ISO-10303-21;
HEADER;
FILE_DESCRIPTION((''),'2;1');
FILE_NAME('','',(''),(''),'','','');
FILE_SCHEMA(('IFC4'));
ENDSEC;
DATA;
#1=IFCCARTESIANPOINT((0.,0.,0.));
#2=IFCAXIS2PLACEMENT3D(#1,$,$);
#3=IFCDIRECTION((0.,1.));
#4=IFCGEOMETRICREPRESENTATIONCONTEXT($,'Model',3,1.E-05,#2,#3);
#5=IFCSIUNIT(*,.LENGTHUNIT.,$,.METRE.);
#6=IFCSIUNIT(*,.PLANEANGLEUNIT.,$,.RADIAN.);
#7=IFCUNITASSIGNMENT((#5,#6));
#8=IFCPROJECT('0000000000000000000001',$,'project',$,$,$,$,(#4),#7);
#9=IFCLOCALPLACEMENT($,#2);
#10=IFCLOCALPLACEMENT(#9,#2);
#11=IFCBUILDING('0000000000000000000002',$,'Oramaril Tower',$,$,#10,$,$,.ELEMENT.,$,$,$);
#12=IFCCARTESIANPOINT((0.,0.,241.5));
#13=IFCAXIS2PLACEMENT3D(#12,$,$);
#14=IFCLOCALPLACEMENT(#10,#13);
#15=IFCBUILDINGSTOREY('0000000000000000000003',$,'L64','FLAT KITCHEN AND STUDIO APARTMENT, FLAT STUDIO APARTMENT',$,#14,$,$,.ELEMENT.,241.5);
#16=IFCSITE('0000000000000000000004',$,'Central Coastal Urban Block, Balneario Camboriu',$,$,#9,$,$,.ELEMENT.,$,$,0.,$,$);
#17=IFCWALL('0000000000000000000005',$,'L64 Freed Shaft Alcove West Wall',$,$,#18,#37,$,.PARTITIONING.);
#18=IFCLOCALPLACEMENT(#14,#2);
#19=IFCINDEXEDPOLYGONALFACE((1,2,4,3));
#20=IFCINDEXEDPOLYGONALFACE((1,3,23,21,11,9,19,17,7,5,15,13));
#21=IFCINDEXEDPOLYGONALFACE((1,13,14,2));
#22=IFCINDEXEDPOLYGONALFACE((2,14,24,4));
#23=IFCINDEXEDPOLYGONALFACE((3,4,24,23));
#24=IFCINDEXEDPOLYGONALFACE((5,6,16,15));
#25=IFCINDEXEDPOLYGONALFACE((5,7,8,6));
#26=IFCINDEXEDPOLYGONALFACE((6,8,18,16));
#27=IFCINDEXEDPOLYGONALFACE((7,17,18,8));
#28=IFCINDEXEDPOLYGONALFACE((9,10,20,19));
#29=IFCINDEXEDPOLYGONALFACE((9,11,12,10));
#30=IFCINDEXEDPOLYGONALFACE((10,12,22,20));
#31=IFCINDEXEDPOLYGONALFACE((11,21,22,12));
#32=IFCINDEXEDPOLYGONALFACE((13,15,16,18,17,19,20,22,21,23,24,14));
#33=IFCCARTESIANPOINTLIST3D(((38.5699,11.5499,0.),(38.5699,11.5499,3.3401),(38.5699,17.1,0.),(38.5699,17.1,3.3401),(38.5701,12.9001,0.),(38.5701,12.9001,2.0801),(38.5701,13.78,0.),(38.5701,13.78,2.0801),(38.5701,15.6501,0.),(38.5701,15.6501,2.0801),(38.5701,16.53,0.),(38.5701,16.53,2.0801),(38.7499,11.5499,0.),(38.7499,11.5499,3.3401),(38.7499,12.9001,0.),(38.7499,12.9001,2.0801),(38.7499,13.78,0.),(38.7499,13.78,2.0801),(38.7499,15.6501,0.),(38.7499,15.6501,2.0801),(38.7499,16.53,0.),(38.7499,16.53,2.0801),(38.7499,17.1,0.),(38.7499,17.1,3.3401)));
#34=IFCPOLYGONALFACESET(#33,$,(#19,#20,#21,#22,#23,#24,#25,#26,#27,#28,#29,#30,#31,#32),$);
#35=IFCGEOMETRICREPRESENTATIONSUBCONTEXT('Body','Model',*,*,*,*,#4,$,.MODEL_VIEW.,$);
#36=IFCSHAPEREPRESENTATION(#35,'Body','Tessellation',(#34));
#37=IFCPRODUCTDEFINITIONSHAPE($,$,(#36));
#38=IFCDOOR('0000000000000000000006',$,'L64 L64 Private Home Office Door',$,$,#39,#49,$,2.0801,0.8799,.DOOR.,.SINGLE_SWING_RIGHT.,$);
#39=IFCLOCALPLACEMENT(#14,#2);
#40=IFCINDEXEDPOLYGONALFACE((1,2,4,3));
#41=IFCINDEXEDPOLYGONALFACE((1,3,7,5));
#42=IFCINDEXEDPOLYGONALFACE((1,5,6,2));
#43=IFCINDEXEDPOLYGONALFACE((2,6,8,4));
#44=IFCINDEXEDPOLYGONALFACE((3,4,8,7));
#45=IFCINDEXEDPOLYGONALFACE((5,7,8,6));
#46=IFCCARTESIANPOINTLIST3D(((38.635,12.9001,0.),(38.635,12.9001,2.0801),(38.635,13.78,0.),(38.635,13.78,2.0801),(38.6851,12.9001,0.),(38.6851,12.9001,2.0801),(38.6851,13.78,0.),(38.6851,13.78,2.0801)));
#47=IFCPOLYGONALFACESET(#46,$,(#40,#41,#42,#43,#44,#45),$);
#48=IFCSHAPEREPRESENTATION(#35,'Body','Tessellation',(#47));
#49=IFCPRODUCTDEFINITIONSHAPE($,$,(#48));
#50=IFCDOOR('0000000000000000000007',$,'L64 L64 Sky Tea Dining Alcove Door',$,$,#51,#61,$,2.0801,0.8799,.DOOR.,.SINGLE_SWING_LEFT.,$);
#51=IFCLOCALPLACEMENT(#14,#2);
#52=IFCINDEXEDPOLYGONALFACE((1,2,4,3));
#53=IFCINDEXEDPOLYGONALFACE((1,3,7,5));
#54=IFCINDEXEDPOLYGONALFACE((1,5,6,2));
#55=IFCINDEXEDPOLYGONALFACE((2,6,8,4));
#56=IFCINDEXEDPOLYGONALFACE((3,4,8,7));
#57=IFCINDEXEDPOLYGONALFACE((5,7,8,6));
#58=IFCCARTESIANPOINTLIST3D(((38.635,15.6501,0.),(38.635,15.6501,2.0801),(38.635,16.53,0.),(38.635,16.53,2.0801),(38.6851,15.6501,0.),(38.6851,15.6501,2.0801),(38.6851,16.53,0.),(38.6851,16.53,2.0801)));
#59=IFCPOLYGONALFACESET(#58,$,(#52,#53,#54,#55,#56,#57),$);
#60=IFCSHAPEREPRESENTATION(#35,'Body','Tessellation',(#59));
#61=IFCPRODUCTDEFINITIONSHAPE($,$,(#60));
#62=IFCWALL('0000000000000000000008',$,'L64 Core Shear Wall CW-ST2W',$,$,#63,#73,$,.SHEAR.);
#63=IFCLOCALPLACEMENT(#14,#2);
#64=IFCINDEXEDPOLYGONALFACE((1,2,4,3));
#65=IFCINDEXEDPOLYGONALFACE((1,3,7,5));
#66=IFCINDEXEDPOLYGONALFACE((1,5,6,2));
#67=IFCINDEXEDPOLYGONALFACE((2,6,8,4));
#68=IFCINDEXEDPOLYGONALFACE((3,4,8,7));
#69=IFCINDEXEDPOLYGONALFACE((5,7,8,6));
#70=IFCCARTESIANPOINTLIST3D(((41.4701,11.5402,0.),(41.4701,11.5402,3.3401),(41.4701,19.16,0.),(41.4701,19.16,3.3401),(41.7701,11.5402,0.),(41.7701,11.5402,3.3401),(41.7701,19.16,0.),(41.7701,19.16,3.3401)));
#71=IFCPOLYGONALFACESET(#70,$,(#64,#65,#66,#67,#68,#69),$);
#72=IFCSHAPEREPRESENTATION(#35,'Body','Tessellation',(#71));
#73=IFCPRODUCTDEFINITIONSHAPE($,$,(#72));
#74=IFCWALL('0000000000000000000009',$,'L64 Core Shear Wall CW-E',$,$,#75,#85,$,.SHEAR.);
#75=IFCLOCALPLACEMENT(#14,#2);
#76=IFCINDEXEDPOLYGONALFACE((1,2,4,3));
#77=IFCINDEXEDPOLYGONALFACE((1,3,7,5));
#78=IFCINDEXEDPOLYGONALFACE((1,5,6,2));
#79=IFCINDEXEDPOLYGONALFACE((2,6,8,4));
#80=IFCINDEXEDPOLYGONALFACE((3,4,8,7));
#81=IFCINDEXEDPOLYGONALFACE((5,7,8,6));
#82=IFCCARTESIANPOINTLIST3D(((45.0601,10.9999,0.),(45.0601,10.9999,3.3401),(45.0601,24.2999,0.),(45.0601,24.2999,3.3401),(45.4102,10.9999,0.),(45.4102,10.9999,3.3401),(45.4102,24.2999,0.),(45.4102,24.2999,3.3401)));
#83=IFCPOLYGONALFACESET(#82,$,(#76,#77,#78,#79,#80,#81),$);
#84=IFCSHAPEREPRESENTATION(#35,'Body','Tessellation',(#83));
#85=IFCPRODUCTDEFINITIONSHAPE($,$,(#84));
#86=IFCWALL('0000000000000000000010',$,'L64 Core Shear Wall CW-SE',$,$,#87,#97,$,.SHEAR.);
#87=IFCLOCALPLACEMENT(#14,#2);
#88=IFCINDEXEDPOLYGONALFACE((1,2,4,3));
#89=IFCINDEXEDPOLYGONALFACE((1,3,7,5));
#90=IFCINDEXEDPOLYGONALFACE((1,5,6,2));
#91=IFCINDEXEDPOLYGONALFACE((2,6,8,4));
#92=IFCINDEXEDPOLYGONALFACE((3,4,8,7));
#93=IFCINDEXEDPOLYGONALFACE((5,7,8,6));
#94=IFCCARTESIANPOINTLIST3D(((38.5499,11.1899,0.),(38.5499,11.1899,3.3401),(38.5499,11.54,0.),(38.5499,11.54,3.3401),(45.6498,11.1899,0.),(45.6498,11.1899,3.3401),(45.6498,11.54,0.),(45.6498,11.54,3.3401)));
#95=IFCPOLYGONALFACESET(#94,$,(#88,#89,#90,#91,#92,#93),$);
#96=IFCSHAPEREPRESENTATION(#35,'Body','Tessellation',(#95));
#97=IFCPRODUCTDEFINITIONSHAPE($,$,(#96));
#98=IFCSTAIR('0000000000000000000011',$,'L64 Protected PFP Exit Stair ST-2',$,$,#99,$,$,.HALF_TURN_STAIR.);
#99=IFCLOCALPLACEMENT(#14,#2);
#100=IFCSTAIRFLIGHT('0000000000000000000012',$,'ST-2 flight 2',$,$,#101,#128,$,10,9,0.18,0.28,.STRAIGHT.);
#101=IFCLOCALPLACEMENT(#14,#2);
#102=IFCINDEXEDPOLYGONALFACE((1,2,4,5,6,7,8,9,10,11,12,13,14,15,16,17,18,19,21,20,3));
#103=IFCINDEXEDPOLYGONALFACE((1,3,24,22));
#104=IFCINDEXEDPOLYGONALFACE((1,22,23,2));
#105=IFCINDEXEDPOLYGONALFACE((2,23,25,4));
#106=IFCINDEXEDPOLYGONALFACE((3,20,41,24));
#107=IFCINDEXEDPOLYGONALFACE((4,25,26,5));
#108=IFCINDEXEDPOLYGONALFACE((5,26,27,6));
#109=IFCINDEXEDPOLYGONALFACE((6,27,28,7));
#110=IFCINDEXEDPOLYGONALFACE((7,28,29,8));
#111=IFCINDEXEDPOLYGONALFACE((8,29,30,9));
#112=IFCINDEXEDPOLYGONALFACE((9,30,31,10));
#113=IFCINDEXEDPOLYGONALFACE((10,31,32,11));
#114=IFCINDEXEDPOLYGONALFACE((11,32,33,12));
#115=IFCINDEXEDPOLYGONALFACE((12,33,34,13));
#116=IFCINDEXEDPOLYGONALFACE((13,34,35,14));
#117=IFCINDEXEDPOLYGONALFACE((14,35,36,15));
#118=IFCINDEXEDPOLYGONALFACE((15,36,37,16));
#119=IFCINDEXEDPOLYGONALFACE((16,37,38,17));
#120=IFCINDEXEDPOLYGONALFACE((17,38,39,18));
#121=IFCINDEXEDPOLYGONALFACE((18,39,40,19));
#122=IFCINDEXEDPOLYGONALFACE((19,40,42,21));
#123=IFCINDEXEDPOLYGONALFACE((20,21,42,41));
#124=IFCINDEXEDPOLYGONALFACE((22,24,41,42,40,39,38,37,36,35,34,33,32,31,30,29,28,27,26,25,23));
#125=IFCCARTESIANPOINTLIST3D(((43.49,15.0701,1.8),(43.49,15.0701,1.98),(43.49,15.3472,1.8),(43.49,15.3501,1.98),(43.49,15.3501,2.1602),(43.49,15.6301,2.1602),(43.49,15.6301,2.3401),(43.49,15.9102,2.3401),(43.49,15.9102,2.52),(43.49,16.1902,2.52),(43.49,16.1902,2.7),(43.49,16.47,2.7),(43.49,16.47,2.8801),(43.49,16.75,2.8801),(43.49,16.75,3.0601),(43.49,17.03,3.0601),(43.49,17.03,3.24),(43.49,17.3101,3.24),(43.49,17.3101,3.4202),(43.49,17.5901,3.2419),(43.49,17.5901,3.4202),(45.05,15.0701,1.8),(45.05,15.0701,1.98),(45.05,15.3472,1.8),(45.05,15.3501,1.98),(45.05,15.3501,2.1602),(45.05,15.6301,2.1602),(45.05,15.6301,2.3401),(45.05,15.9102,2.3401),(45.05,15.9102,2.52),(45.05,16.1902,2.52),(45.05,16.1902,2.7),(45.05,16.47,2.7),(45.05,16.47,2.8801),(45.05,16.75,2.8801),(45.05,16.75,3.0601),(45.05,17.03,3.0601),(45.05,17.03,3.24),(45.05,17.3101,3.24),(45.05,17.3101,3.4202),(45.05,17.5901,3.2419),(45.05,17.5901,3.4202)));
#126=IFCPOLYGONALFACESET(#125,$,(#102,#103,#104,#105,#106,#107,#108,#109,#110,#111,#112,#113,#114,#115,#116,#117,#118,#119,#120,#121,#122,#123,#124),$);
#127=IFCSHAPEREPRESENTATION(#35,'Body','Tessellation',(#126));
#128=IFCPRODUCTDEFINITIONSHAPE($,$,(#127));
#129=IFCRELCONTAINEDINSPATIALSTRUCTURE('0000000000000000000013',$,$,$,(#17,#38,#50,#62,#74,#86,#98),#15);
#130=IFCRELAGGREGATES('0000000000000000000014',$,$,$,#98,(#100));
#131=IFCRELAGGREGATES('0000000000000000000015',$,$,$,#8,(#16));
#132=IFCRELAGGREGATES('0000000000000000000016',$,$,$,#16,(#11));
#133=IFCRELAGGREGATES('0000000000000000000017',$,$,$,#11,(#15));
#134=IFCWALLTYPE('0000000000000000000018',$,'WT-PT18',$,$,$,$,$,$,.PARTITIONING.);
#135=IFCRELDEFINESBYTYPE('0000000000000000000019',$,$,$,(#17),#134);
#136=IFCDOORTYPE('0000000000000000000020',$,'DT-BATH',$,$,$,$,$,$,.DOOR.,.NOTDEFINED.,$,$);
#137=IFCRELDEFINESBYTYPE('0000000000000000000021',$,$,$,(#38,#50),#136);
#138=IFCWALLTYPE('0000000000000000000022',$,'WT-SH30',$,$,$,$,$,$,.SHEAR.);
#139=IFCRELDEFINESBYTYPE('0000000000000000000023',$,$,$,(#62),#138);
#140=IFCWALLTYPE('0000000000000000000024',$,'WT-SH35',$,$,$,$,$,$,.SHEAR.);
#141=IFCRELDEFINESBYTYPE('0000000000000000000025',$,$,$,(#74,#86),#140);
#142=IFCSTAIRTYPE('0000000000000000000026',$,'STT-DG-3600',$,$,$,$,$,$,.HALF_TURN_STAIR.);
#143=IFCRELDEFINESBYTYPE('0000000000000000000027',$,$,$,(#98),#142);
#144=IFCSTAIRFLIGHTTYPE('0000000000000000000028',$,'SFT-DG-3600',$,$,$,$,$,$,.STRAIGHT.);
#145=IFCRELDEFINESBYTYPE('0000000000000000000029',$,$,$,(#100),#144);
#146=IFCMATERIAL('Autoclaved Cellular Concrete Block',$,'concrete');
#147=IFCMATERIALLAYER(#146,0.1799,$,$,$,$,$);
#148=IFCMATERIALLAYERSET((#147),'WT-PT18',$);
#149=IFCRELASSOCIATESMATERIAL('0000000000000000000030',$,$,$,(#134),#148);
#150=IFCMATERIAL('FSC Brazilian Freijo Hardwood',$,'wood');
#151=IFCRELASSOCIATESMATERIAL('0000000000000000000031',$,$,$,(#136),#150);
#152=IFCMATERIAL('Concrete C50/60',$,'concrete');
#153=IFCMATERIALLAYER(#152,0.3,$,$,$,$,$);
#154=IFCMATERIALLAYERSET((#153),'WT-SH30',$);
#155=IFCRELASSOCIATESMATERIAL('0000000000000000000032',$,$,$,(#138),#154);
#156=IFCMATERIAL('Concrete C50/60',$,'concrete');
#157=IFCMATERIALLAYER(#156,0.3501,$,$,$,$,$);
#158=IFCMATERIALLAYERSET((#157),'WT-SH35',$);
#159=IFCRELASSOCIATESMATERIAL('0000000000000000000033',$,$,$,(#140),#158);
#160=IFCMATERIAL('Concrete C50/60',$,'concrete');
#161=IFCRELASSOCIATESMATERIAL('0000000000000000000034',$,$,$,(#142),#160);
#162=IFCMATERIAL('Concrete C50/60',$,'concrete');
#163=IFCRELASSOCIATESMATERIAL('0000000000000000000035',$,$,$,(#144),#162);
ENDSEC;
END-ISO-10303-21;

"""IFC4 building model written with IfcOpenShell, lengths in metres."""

from ifc_helpers import new_model, si_unit, direction, frame, frame_2d, origin, place, context, subcontext, project, spatial, polyline, rectangle, outline, extrude, material, layer, layer_set, type_object, element, fill, aggregate, save


model = new_model("IFC4")

# Units and contexts
model_context = context("Model", 3, precision=1e-05, world=origin(), true_north=direction((0.0, 1.0)))
body_context = subcontext(model_context, "Body", "Model", "MODEL_VIEW")
ifc_project = project(units=[si_unit("LENGTHUNIT", "METRE"), si_unit("PLANEANGLEUNIT", "RADIAN")], contexts=[model_context])

# Site, building, storey
site_placement = place(None, origin())
site = spatial("IfcSite", under=ifc_project, at=site_placement, Name="Central Coastal Urban Block, Balneario Camboriu", CompositionType="ELEMENT", RefElevation=0.0)
building_placement = place(site_placement, origin())
building = spatial("IfcBuilding", under=site, at=building_placement, Name="Oramaril Tower", CompositionType="ELEMENT")
storey_placement = place(building_placement, frame((0.0, 0.0, 241.5)))
storey = spatial("IfcBuildingStorey", under=building, at=storey_placement, Name="L64", Description="FLAT KITCHEN AND STUDIO APARTMENT, FLAT STUDIO APARTMENT", CompositionType="ELEMENT", Elevation=241.5)

# Shared definitions
ifc_material_1 = material(Name="Autoclaved Cellular Concrete Block", Category="concrete")
ifc_layer_1 = layer(ifc_material_1, 0.1799)
ifc_layer_set_1 = layer_set([ifc_layer_1], Name="WT-PT18")
wall_type_1 = type_object("IfcWallType", Name="WT-PT18", PredefinedType="PARTITIONING", material=ifc_layer_set_1)

# Wall, openings, doors
ifc_material_2 = material(Name="FSC Brazilian Freijo Hardwood", Category="wood")
door_type_1 = type_object("IfcDoorType", Name="DT-BATH", OperationType="NOTDEFINED", PredefinedType="DOOR", material=ifc_material_2)
wall_1_placement = place(storey_placement, frame((38.6599, 11.55, 0.0), z_axis=(0.0, 0.0, 1.0), x_axis=(0.0, 1.0, 0.0)))
wall_1 = element("IfcWall", 1, at=wall_1_placement, inside=storey, type_object=wall_type_1, Name="L64 Freed Shaft Alcove West Wall", PredefinedType="PARTITIONING", context=body_context, shape_type="SweptSolid", body=[
    extrude(rectangle(XDim=5.55, YDim=0.1799, at=frame_2d((2.7749, 0.0))), origin(), (0.0, 0.0, 1.0), 3.3401),
])
opening_1_placement = place(wall_1_placement, frame((1.3501, 0.0, 0.0)))
opening_1 = element("IfcOpeningElement", 2, at=opening_1_placement, cuts=wall_1, PredefinedType="OPENING", context=body_context, shape_type="SweptSolid", body=[
    extrude(rectangle(XDim=0.8799, YDim=2.0801, at=frame_2d((0.4399, 1.04))), frame((0.0, 0.0898, 0.0), z_axis=(0.0, -1.0, 0.0), x_axis=(1.0, 0.0, 0.0)), (0.0, 0.0, 1.0), 0.1799),
])
opening_2_placement = place(wall_1_placement, frame((4.1001, 0.0, 0.0)))
opening_2 = element("IfcOpeningElement", 3, at=opening_2_placement, cuts=wall_1, PredefinedType="OPENING", context=body_context, shape_type="SweptSolid", body=[
    extrude(rectangle(XDim=0.8799, YDim=2.0801, at=frame_2d((0.4399, 1.04))), frame((0.0, 0.0898, 0.0), z_axis=(0.0, -1.0, 0.0), x_axis=(1.0, 0.0, 0.0)), (0.0, 0.0, 1.0), 0.1799),
])
door_1_placement = place(opening_1_placement, origin())
door_1 = element("IfcDoor", 4, at=door_1_placement, inside=storey, type_object=door_type_1, Name="L64 L64 Private Home Office Door", OperationType="SINGLE_SWING_RIGHT", OverallHeight=2.0801, OverallWidth=0.8799, PredefinedType="DOOR", context=body_context, shape_type="SweptSolid", body=[
    extrude(rectangle(XDim=0.8799, YDim=2.0801, at=frame_2d((0.4399, 1.04))), frame((0.0, 0.0249, 0.0), z_axis=(0.0, -1.0, 0.0), x_axis=(1.0, 0.0, 0.0)), (0.0, 0.0, 1.0), 0.05),
])
fill(opening_1, door_1)
door_2_placement = place(opening_2_placement, origin())
door_2 = element("IfcDoor", 5, at=door_2_placement, inside=storey, type_object=door_type_1, Name="L64 L64 Sky Tea Dining Alcove Door", OperationType="SINGLE_SWING_LEFT", OverallHeight=2.0801, OverallWidth=0.8799, PredefinedType="DOOR", context=body_context, shape_type="SweptSolid", body=[
    extrude(rectangle(XDim=0.8799, YDim=2.0801, at=frame_2d((0.4399, 1.04))), frame((0.0, 0.0249, 0.0), z_axis=(0.0, -1.0, 0.0), x_axis=(1.0, 0.0, 0.0)), (0.0, 0.0, 1.0), 0.05),
])
fill(opening_2, door_2)

# Walls
ifc_material_3 = material(Name="Concrete C50/60", Category="concrete")
ifc_layer_2 = layer(ifc_material_3, 0.3)
ifc_layer_set_2 = layer_set([ifc_layer_2], Name="WT-SH30")
wall_type_2 = type_object("IfcWallType", Name="WT-SH30", PredefinedType="SHEAR", material=ifc_layer_set_2)
wall_2_placement = place(storey_placement, frame((41.6201, 11.54, 0.0), z_axis=(0.0, 0.0, 1.0), x_axis=(0.0, 1.0, 0.0)))
element("IfcWall", 6, at=wall_2_placement, inside=storey, type_object=wall_type_2, Name="L64 Core Shear Wall CW-ST2W", PredefinedType="SHEAR", context=body_context, shape_type="SweptSolid", body=[
    extrude(rectangle(XDim=7.6199, YDim=0.3, at=frame_2d((3.8101, 0.0))), origin(), (0.0, 0.0, 1.0), 3.3401),
])
ifc_material_4 = material(Name="Concrete C50/60", Category="concrete")
ifc_layer_3 = layer(ifc_material_4, 0.3501)
ifc_layer_set_3 = layer_set([ifc_layer_3], Name="WT-SH35")
wall_type_3 = type_object("IfcWallType", Name="WT-SH35", PredefinedType="SHEAR", material=ifc_layer_set_3)
wall_3_placement = place(storey_placement, frame((45.2351, 11.0, 0.0), z_axis=(0.0, 0.0, 1.0), x_axis=(0.0, 1.0, 0.0)))
element("IfcWall", 7, at=wall_3_placement, inside=storey, type_object=wall_type_3, Name="L64 Core Shear Wall CW-E", PredefinedType="SHEAR", context=body_context, shape_type="SweptSolid", body=[
    extrude(rectangle(XDim=13.3, YDim=0.3501, at=frame_2d((6.6499, 0.0))), origin(), (0.0, 0.0, 1.0), 3.3401),
])
wall_4_placement = place(storey_placement, frame((38.55, 11.365, 0.0), z_axis=(0.0, 0.0, 1.0), x_axis=(1.0, 0.0, 0.0)))
element("IfcWall", 8, at=wall_4_placement, inside=storey, type_object=wall_type_3, Name="L64 Core Shear Wall CW-SE", PredefinedType="SHEAR", context=body_context, shape_type="SweptSolid", body=[
    extrude(rectangle(XDim=7.0999, YDim=0.3501, at=frame_2d((3.5498, 0.0))), origin(), (0.0, 0.0, 1.0), 3.3401),
])

# Stair, stair flight
ifc_material_5 = material(Name="Concrete C50/60", Category="concrete")
stair_type = type_object("IfcStairType", Name="STT-DG-3600", PredefinedType="HALF_TURN_STAIR", material=ifc_material_5)
stair_placement = place(storey_placement, origin())
stair = element("IfcStair", 9, at=stair_placement, inside=storey, type_object=stair_type, Name="L64 Protected PFP Exit Stair ST-2", PredefinedType="HALF_TURN_STAIR")
ifc_material_6 = material(Name="Concrete C50/60", Category="concrete")
stair_flight_type = type_object("IfcStairFlightType", Name="SFT-DG-3600", PredefinedType="STRAIGHT", material=ifc_material_6)
stair_flight_placement = place(storey_placement, frame((44.27, 15.0701, 1.8), z_axis=(0.0, 0.0, 1.0), x_axis=(0.0, 1.0, 0.0)))
stair_flight = element("IfcStairFlight", 10, at=stair_flight_placement, type_object=stair_flight_type, Name="ST-2 flight 2", NumberOfRisers=10, NumberOfTreads=9, PredefinedType="STRAIGHT", RiserHeight=0.18, TreadLength=0.28, context=body_context, shape_type="SweptSolid", body=[
    extrude(outline(polyline([(0.0, 0.0), (0.0, 0.1799), (0.28, 0.1799), (0.28, 0.3601), (0.5601, 0.3601), (0.5601, 0.54), (0.8401, 0.54), (0.8401, 0.72), (1.1201, 0.72), (1.1201, 0.8999), (1.3999, 0.8999), (1.3999, 1.0801), (1.6799, 1.0801), (1.6799, 1.26), (1.96, 1.26), (1.96, 1.4399), (2.24, 1.4399), (2.24, 1.6201), (2.52, 1.6201), (2.52, 1.8), (2.52, 1.4419), (0.2771, 0.0), (0.0, 0.0)])), frame((0.0, 0.78, 0.0), z_axis=(0.0, -1.0, 0.0), x_axis=(1.0, 0.0, 0.0)), (0.0, 0.0, 1.0), 1.5601),
])
aggregate(stair, [stair_flight])

save(model, "model.ifc")
